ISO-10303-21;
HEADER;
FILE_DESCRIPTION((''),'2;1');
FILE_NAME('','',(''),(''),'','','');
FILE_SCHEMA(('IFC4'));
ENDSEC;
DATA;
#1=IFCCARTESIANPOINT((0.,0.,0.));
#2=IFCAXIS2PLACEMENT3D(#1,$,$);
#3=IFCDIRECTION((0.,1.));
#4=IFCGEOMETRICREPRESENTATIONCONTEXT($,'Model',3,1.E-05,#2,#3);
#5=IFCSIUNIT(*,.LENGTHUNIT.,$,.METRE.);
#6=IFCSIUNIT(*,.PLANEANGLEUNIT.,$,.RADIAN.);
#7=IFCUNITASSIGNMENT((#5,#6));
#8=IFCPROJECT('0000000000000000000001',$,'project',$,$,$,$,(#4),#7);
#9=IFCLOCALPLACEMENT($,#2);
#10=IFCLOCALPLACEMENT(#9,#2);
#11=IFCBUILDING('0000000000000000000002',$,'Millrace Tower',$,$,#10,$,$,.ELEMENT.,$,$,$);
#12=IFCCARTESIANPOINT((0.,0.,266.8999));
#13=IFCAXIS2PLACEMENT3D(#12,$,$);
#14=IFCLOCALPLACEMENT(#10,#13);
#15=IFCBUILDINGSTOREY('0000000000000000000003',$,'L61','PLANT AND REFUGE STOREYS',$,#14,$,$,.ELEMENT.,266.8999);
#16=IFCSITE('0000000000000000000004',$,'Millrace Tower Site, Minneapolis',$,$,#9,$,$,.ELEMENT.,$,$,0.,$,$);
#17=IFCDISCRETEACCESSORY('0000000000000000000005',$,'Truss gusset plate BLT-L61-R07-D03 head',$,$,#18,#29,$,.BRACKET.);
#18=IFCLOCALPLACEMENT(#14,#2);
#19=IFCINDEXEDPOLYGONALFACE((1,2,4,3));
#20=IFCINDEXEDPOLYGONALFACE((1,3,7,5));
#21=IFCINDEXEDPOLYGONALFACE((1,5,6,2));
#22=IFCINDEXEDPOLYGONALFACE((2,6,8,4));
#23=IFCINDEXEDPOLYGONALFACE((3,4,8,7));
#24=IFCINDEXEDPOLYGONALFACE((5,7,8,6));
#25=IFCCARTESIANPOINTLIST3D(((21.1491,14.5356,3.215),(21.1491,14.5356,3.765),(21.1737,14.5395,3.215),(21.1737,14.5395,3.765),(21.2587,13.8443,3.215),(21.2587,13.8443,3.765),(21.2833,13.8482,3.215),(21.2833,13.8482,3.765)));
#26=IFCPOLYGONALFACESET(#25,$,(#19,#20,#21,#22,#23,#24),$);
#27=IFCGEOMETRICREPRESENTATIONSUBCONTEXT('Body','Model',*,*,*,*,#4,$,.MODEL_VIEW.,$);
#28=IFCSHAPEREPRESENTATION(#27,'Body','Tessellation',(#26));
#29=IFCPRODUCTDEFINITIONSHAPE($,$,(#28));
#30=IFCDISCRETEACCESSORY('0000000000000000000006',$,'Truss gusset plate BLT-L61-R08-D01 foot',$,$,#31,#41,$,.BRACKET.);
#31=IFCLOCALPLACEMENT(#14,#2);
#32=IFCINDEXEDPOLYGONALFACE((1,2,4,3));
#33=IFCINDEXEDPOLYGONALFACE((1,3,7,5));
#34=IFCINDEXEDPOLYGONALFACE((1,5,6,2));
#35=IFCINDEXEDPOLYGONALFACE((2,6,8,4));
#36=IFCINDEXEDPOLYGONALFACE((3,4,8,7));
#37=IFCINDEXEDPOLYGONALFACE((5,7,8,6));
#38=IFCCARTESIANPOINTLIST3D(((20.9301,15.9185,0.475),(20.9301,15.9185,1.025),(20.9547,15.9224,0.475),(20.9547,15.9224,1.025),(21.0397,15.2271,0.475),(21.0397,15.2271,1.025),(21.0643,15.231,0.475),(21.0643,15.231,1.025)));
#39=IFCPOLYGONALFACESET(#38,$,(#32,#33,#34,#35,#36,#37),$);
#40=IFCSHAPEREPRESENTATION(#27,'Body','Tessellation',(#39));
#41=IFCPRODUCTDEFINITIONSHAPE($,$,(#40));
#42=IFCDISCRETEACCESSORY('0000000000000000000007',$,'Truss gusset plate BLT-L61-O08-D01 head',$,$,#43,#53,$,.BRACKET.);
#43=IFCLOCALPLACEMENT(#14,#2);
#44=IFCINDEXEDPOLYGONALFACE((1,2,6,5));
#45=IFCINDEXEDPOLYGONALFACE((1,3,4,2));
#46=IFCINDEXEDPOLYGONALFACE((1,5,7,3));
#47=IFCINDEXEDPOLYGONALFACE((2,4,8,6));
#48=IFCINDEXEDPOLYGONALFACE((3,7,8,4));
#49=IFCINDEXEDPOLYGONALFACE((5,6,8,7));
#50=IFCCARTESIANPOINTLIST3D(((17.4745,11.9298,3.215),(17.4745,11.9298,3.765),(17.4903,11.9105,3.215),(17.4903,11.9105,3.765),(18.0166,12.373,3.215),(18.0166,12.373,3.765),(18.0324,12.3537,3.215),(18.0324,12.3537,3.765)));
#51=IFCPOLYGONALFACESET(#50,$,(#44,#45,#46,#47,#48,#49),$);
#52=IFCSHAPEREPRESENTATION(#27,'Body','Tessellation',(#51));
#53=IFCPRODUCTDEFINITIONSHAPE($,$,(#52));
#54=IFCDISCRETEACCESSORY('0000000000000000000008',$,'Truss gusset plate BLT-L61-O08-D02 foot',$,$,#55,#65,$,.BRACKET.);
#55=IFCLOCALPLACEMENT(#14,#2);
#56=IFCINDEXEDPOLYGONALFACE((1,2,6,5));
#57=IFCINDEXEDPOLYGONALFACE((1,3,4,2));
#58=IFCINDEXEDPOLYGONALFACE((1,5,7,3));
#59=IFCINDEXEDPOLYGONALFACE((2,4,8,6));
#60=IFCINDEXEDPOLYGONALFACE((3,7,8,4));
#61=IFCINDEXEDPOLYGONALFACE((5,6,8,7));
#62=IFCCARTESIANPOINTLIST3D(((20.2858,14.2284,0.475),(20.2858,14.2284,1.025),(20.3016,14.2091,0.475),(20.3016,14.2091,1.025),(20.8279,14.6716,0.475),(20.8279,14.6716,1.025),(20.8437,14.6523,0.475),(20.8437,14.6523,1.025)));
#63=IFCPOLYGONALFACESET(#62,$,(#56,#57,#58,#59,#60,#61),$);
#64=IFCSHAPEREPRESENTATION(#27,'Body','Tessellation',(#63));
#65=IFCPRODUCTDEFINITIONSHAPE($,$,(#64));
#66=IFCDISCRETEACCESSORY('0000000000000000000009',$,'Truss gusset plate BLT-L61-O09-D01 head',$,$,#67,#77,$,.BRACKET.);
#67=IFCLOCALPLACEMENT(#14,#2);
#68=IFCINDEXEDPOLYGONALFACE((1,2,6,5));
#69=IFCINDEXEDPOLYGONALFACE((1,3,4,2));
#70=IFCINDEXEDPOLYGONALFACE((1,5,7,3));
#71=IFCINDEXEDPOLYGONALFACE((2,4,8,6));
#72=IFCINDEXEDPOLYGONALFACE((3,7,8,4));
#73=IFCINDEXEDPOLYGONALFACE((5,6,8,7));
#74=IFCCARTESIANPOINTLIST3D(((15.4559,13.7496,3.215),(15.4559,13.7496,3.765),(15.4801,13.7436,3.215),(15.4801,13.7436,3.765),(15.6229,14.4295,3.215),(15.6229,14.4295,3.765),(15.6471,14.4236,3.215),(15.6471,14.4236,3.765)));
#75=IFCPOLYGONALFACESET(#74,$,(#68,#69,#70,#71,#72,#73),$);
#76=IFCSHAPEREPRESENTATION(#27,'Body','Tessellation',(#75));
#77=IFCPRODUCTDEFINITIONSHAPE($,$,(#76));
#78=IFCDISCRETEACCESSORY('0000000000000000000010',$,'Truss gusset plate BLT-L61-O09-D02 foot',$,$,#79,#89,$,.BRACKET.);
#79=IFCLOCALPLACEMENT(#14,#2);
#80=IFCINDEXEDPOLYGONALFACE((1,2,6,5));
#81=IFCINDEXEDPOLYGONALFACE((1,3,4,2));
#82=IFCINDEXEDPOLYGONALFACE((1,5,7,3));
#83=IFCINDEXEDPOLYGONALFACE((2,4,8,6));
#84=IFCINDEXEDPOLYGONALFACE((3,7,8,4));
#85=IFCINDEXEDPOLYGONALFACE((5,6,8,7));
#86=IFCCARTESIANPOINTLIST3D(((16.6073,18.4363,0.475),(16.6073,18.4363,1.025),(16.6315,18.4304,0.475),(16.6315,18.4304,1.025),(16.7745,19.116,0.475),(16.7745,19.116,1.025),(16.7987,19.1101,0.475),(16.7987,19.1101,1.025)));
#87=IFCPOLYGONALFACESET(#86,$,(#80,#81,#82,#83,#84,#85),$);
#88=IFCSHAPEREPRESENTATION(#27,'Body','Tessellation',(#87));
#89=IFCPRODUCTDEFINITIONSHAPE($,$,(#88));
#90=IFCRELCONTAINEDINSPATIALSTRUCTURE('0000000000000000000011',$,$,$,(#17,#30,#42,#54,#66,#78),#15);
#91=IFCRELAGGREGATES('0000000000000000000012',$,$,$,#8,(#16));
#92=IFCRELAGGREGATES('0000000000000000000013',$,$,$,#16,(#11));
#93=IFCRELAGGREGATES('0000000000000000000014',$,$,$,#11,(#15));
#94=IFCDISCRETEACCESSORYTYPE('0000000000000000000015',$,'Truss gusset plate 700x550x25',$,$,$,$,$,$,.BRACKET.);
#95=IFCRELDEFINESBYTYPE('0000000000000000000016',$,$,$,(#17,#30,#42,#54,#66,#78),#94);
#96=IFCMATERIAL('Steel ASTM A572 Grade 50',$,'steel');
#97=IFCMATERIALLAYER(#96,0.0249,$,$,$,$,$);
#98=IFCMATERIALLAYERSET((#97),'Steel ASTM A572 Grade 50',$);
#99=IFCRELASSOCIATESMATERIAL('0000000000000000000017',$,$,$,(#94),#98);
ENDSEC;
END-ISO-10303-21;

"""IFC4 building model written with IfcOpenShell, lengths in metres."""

from ifc_helpers import new_model, si_unit, direction, frame, origin, origin_2d, place, context, subcontext, project, spatial, rectangle, extrude, material, layer, layer_set, type_object, element, save


model = new_model("IFC4")

# Units and contexts
model_context = context("Model", 3, precision=1e-05, world=origin(), true_north=direction((0.0, 1.0)))
body_context = subcontext(model_context, "Body", "Model", "MODEL_VIEW")
ifc_project = project(units=[si_unit("LENGTHUNIT", "METRE"), si_unit("PLANEANGLEUNIT", "RADIAN")], contexts=[model_context])

# Site, building, storey
site_placement = place(None, origin())
site = spatial("IfcSite", under=ifc_project, at=site_placement, Name="Millrace Tower Site, Minneapolis", CompositionType="ELEMENT", RefElevation=0.0)
building_placement = place(site_placement, origin())
building = spatial("IfcBuilding", under=site, at=building_placement, Name="Millrace Tower", CompositionType="ELEMENT")
storey_placement = place(building_placement, frame((0.0, 0.0, 266.8999)))
storey = spatial("IfcBuildingStorey", under=building, at=storey_placement, Name="L61", Description="PLANT AND REFUGE STOREYS", CompositionType="ELEMENT", Elevation=266.8999)

# Discrete accessories
ifc_material_1 = material(Name="Steel ASTM A572 Grade 50", Category="steel")
ifc_layer_1 = layer(ifc_material_1, 0.0249)
ifc_layer_set_1 = layer_set([ifc_layer_1], Name="Steel ASTM A572 Grade 50")
discrete_accessory_type = type_object("IfcDiscreteAccessoryType", Name="Truss gusset plate 700x550x25", PredefinedType="BRACKET", material=ifc_layer_set_1)
for number, where, z_axis, x_axis, name in (
    (1, (21.1614, 14.5376, 3.49), (0.156589, -0.987664, 0.0), (0.987664, 0.156589, 0.0), "Truss gusset plate BLT-L61-R07-D03 head"),
    (2, (20.9424, 15.9204, 0.75), (0.156589, -0.987664, 0.0), (0.987664, 0.156589, 0.0), "Truss gusset plate BLT-L61-R08-D01 foot"),
):
    element("IfcDiscreteAccessory", number, at=place(storey_placement, frame(where, z_axis=z_axis, x_axis=x_axis)), inside=storey, type_object=discrete_accessory_type, Name=name, PredefinedType="BRACKET", context=body_context, shape_type="SweptSolid", body=[
        extrude(rectangle(XDim=0.0249, YDim=0.55, at=origin_2d()), origin(), (0.0, 0.0, 1.0), 0.7),
    ])
for number, where, z_axis, x_axis, name in (
    (3, (17.4824, 11.9202, 3.49), (0.77419, 0.632953, 0.0), (-0.632953, 0.77419, 0.0), "Truss gusset plate BLT-L61-O08-D01 head"),
    (4, (20.2937, 14.2188, 0.75), (0.77419, 0.632953, 0.0), (-0.632953, 0.77419, 0.0), "Truss gusset plate BLT-L61-O08-D02 foot"),
    (5, (15.468, 13.7466, 3.49), (0.238513, 0.971139, 0.0), (-0.971139, 0.238513, 0.0), "Truss gusset plate BLT-L61-O09-D01 head"),
):
    element("IfcDiscreteAccessory", number, at=place(storey_placement, frame(where, z_axis=z_axis, x_axis=x_axis)), inside=storey, type_object=discrete_accessory_type, Name=name, PredefinedType="BRACKET", context=body_context, shape_type="SweptSolid", body=[
        extrude(rectangle(XDim=0.0249, YDim=0.55, at=origin_2d()), origin(), (0.0, 0.0, 1.0), 0.7002),
    ])
discrete_accessory_placement = place(storey_placement, frame((16.6194, 18.4333, 0.75), z_axis=(0.238923, 0.971039, 0.0), x_axis=(-0.971039, 0.238923, 0.0)))
element("IfcDiscreteAccessory", 6, at=discrete_accessory_placement, inside=storey, type_object=discrete_accessory_type, Name="Truss gusset plate BLT-L61-O09-D02 foot", PredefinedType="BRACKET", context=body_context, shape_type="SweptSolid", body=[
    extrude(rectangle(XDim=0.0249, YDim=0.55, at=origin_2d()), origin(), (0.0, 0.0, 1.0), 0.7),
])

save(model, "model.ifc")
